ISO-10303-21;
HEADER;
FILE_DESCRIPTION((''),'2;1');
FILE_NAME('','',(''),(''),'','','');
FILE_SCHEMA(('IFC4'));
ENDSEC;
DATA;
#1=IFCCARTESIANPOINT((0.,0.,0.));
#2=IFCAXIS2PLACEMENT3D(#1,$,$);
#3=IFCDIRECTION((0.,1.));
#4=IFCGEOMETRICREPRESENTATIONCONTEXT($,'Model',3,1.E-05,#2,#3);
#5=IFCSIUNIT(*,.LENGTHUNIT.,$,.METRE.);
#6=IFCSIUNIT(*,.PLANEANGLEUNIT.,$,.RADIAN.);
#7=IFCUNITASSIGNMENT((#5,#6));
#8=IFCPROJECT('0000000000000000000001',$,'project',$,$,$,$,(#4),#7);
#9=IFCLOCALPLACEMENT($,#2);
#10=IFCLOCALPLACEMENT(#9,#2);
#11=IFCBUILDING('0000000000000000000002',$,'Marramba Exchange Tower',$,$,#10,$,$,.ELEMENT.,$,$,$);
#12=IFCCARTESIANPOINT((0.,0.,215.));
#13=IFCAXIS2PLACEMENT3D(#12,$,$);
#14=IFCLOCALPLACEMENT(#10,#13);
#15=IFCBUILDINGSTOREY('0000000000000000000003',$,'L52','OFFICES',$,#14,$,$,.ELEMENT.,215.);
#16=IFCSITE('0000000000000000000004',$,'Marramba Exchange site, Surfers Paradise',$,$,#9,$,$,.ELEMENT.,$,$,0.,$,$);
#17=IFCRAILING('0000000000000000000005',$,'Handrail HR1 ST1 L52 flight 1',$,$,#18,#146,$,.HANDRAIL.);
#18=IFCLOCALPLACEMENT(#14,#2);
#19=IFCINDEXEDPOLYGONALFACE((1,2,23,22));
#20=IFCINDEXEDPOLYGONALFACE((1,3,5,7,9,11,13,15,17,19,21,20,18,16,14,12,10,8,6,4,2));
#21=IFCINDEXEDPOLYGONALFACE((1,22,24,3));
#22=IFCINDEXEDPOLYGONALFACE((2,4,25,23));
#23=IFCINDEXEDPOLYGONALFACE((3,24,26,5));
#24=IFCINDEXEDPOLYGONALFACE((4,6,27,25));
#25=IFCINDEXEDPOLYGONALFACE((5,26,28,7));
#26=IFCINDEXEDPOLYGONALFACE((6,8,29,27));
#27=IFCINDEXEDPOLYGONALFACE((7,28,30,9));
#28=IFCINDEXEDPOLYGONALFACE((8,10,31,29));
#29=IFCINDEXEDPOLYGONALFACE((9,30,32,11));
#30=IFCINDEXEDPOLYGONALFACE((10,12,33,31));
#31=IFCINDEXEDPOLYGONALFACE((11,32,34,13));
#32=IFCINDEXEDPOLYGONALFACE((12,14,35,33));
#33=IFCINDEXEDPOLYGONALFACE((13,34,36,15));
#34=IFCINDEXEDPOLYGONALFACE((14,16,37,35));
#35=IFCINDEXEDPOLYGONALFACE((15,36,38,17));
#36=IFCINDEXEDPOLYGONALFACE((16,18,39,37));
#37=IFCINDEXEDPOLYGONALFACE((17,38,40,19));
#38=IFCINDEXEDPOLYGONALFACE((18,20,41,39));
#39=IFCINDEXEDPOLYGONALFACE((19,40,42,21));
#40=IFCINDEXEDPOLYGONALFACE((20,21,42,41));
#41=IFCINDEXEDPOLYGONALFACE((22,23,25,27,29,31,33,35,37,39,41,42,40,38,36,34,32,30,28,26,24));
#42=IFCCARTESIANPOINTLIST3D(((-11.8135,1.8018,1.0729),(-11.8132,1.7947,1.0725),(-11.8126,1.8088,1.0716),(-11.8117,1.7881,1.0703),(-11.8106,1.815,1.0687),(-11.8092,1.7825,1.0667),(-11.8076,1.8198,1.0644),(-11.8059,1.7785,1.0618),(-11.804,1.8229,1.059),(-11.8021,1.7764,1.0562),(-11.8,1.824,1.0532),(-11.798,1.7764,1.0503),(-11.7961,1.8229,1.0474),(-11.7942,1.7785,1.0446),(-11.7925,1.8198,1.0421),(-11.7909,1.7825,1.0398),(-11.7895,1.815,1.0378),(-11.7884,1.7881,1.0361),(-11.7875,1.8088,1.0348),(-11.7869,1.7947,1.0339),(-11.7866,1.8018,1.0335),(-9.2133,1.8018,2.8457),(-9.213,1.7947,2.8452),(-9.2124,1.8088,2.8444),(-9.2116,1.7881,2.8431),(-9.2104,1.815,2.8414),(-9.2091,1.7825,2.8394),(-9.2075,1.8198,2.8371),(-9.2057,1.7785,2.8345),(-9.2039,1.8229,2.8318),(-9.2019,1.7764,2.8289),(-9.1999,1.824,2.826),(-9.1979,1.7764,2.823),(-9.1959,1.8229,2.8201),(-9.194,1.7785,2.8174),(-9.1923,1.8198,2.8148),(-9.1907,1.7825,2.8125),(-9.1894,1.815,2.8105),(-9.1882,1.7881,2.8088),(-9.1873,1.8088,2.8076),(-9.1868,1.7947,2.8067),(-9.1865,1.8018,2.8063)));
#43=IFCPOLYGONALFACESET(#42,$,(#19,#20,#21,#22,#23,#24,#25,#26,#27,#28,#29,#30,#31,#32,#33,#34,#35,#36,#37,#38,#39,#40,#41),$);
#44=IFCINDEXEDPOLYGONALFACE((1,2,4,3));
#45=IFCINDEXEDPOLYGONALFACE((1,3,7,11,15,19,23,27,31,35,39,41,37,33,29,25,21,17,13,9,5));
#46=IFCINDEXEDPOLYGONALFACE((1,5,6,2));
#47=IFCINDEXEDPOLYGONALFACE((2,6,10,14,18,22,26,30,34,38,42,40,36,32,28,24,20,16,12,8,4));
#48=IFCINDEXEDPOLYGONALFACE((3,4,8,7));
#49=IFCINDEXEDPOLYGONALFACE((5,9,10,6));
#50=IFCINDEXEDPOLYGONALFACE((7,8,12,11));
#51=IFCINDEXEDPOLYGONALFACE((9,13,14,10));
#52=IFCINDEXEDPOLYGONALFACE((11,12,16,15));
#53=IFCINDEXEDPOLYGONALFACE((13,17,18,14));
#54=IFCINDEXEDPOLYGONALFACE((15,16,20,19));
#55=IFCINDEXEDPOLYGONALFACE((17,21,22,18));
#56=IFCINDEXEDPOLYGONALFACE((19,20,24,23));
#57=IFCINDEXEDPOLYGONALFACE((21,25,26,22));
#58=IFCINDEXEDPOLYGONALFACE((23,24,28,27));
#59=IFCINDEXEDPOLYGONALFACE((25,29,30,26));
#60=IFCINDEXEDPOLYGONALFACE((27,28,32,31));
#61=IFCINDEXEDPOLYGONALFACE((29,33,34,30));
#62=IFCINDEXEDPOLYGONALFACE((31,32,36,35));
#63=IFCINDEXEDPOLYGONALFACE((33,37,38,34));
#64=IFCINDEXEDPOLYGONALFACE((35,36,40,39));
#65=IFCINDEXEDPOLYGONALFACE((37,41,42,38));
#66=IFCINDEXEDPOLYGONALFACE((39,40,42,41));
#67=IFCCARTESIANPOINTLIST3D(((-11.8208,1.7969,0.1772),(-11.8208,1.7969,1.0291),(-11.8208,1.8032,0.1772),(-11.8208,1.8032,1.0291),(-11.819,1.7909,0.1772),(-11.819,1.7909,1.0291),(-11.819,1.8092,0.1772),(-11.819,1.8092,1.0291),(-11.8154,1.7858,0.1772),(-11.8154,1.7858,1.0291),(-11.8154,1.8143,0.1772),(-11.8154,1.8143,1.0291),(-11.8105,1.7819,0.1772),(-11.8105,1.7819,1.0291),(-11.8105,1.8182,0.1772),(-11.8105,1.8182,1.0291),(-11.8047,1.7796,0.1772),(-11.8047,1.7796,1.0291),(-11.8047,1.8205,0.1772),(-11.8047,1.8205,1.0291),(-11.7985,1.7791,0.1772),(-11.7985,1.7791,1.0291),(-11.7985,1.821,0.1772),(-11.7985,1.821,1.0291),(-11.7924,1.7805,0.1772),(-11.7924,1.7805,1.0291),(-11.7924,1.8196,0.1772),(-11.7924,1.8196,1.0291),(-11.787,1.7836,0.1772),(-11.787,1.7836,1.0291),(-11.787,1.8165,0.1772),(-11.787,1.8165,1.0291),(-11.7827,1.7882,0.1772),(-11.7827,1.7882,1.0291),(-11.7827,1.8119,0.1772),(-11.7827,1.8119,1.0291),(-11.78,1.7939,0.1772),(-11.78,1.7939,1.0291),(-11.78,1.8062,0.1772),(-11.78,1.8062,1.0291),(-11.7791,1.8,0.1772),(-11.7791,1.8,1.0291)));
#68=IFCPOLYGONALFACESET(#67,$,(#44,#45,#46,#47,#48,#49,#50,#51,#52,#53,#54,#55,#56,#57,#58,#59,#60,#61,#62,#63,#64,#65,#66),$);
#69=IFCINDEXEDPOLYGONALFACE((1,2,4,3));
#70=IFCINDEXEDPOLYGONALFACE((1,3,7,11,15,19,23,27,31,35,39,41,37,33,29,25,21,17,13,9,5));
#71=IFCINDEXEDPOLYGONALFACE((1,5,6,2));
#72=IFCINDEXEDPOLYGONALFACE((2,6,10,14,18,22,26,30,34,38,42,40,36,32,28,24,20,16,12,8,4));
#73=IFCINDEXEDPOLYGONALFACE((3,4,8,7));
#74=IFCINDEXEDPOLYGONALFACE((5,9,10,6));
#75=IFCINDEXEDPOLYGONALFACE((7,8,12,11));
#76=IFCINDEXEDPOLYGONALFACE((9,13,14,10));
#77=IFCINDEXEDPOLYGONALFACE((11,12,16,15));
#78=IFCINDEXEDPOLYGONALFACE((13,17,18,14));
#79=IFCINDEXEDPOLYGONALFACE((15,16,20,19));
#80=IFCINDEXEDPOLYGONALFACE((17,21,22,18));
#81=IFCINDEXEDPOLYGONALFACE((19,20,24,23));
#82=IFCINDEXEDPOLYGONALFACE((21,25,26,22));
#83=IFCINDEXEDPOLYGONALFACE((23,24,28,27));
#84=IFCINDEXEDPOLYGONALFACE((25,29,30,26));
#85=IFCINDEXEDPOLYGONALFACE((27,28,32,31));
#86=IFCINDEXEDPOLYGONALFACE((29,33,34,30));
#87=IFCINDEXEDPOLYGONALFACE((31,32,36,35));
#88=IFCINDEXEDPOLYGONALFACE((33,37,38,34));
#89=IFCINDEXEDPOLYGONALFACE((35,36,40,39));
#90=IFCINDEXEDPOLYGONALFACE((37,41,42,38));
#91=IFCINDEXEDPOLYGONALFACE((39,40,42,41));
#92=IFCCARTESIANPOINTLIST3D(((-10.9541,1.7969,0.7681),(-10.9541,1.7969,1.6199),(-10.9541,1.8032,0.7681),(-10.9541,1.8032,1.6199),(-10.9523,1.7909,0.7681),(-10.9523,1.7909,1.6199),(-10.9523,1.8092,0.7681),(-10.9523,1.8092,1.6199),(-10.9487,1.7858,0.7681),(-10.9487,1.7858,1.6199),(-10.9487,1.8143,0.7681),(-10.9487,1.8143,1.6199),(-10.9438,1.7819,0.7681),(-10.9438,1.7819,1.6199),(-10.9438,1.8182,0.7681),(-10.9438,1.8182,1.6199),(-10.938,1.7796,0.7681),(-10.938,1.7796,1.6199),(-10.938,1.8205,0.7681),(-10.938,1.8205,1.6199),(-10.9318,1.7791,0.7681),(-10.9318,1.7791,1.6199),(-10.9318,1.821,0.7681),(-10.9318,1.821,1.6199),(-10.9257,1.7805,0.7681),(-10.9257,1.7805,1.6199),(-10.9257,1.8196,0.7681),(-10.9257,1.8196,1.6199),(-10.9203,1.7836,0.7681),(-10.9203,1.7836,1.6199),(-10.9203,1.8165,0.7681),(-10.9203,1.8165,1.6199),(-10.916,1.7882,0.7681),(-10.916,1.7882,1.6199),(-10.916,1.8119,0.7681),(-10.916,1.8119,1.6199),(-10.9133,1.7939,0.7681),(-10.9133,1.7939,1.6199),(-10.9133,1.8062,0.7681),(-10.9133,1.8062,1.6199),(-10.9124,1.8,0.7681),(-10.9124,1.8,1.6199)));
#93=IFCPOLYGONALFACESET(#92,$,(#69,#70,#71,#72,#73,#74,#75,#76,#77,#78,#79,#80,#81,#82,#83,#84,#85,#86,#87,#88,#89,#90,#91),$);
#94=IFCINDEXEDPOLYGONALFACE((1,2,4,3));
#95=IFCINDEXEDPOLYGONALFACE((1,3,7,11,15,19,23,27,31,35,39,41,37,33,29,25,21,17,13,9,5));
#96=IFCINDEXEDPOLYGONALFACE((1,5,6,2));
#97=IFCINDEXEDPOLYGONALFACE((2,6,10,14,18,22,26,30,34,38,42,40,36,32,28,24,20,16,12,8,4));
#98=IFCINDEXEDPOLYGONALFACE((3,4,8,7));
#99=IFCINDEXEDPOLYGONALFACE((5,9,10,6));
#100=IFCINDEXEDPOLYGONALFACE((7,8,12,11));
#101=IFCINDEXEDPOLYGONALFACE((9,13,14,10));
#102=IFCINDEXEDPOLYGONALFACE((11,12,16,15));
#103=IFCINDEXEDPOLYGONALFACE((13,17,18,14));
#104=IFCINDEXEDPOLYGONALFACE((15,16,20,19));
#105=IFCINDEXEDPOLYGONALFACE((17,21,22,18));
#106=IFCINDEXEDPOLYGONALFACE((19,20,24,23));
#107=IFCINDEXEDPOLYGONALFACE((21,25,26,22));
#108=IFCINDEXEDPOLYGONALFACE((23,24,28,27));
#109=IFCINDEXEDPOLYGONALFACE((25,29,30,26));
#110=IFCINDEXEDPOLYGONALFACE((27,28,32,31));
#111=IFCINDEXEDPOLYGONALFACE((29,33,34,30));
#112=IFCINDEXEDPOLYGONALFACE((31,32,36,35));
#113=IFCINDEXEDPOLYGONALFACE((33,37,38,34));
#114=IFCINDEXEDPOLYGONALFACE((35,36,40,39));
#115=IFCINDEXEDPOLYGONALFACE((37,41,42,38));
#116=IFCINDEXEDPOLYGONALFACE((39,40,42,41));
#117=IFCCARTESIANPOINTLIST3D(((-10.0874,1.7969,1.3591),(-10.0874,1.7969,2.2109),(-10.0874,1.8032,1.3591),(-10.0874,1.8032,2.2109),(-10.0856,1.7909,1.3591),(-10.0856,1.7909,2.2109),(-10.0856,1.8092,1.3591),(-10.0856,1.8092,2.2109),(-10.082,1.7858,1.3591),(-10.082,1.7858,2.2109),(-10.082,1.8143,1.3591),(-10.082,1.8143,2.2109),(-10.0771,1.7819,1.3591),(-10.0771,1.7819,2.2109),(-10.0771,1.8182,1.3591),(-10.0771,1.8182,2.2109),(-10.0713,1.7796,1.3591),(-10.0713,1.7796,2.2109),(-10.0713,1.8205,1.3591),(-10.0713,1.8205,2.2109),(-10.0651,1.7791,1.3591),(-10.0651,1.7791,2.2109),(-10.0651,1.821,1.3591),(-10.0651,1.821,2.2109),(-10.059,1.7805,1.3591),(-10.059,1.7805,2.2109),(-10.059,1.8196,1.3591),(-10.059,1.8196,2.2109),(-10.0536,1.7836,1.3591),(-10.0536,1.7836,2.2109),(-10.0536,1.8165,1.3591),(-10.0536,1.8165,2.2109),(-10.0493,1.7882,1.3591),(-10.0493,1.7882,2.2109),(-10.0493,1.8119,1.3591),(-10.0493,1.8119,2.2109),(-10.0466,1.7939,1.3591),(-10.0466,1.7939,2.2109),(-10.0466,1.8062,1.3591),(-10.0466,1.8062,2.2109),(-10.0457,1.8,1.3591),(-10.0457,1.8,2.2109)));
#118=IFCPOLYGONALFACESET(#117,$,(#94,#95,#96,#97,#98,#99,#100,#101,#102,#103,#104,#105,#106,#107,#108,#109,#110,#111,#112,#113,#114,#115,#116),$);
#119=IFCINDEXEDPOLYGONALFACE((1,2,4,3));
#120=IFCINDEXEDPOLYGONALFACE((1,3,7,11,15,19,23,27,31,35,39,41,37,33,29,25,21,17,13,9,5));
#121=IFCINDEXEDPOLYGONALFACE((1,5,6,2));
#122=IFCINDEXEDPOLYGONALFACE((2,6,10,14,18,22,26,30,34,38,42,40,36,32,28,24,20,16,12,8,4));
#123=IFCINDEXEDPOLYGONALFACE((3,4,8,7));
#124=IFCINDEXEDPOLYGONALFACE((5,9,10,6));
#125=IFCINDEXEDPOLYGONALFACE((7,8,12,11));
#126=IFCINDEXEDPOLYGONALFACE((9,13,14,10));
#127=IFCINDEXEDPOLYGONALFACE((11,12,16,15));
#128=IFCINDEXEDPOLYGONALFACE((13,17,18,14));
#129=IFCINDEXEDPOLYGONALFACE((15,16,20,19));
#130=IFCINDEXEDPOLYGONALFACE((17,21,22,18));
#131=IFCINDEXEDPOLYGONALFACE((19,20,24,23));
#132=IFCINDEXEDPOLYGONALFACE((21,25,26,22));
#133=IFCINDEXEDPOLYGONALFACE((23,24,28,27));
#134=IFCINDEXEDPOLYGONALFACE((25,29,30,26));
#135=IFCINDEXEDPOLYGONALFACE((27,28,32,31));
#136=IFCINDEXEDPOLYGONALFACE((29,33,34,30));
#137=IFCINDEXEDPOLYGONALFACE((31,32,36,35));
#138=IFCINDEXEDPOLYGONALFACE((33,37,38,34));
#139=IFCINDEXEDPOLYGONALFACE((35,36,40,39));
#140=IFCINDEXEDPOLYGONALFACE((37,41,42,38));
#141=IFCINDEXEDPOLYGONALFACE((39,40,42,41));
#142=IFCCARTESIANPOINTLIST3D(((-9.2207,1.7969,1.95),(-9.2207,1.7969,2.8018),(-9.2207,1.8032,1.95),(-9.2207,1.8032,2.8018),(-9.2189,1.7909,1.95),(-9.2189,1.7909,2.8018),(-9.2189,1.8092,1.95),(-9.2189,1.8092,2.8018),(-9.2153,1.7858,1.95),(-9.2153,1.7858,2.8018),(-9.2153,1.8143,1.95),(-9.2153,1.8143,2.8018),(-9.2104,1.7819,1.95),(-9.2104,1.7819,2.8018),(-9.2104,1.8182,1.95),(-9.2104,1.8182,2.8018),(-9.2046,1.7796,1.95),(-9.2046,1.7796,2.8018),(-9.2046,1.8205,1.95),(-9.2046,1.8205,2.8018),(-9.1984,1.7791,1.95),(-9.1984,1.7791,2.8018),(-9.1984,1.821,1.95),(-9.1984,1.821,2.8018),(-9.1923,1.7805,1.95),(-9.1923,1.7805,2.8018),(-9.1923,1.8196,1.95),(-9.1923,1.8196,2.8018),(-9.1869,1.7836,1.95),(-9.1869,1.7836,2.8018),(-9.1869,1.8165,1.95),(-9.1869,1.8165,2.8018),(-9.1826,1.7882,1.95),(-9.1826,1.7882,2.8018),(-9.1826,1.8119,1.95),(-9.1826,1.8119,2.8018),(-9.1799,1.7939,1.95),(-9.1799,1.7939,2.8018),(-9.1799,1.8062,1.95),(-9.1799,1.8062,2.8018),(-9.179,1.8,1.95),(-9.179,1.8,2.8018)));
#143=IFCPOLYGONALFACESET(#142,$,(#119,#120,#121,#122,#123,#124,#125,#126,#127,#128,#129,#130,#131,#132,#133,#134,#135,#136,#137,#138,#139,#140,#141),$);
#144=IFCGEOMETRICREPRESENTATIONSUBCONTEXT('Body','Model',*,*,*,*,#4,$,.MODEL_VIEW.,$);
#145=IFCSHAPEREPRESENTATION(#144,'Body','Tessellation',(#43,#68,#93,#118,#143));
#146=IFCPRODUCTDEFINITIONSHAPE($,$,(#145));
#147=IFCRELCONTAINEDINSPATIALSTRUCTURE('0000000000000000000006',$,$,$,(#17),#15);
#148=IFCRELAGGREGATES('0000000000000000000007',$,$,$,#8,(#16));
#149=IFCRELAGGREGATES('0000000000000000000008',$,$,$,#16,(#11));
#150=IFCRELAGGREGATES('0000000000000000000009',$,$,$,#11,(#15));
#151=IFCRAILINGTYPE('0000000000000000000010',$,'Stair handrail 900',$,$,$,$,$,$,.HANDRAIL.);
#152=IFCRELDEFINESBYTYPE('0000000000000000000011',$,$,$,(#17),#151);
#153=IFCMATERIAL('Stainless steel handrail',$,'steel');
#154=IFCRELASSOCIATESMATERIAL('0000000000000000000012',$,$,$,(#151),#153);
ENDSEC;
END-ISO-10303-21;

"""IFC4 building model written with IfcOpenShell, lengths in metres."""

from ifc_helpers import new_model, si_unit, direction, frame, origin, origin_2d, place, context, subcontext, project, spatial, circle, extrude, material, type_object, element, save


model = new_model("IFC4")

# Units and contexts
model_context = context("Model", 3, precision=1e-05, world=origin(), true_north=direction((0.0, 1.0)))
body_context = subcontext(model_context, "Body", "Model", "MODEL_VIEW")
ifc_project = project(units=[si_unit("LENGTHUNIT", "METRE"), si_unit("PLANEANGLEUNIT", "RADIAN")], contexts=[model_context])

# Site, building, storey
site_placement = place(None, origin())
site = spatial("IfcSite", under=ifc_project, at=site_placement, Name="Marramba Exchange site, Surfers Paradise", CompositionType="ELEMENT", RefElevation=0.0)
building_placement = place(site_placement, origin())
building = spatial("IfcBuilding", under=site, at=building_placement, Name="Marramba Exchange Tower", CompositionType="ELEMENT")
storey_placement = place(building_placement, frame((0.0, 0.0, 215.0)))
storey = spatial("IfcBuildingStorey", under=building, at=storey_placement, Name="L52", Description="OFFICES", CompositionType="ELEMENT", Elevation=215.0)

# Railing
ifc_material_1 = material(Name="Stainless steel handrail", Category="steel")
railing_type = type_object("IfcRailingType", Name="Stair handrail 900", PredefinedType="HANDRAIL", material=ifc_material_1)
railing_placement = place(storey_placement, frame((-11.8, 1.8, 0.1772)))
element("IfcRailing", 1, at=railing_placement, inside=storey, type_object=railing_type, Name="Handrail HR1 ST1 L52 flight 1", PredefinedType="HANDRAIL", context=body_context, shape_type="SweptSolid", body=[
    extrude(circle(Radius=0.0239, at=origin_2d()), frame((0.0, 0.0, 0.876), z_axis=(0.82624, 0.0, 0.563318), x_axis=(0.0, 1.0, 0.0)), (0.0, 0.0, 1.0), 3.147),
    extrude(circle(Radius=0.021, at=origin_2d()), origin(), (0.0, 0.0, 1.0), 0.8518),
    extrude(circle(Radius=0.021, at=origin_2d()), frame((0.8667, 0.0, 0.5908)), (0.0, 0.0, 1.0), 0.8518),
    extrude(circle(Radius=0.021, at=origin_2d()), frame((1.7334, 0.0, 1.1819)), (0.0, 0.0, 1.0), 0.8518),
    extrude(circle(Radius=0.021, at=origin_2d()), frame((2.6001, 0.0, 1.7727)), (0.0, 0.0, 1.0), 0.8518),
])

save(model, "model.ifc")
